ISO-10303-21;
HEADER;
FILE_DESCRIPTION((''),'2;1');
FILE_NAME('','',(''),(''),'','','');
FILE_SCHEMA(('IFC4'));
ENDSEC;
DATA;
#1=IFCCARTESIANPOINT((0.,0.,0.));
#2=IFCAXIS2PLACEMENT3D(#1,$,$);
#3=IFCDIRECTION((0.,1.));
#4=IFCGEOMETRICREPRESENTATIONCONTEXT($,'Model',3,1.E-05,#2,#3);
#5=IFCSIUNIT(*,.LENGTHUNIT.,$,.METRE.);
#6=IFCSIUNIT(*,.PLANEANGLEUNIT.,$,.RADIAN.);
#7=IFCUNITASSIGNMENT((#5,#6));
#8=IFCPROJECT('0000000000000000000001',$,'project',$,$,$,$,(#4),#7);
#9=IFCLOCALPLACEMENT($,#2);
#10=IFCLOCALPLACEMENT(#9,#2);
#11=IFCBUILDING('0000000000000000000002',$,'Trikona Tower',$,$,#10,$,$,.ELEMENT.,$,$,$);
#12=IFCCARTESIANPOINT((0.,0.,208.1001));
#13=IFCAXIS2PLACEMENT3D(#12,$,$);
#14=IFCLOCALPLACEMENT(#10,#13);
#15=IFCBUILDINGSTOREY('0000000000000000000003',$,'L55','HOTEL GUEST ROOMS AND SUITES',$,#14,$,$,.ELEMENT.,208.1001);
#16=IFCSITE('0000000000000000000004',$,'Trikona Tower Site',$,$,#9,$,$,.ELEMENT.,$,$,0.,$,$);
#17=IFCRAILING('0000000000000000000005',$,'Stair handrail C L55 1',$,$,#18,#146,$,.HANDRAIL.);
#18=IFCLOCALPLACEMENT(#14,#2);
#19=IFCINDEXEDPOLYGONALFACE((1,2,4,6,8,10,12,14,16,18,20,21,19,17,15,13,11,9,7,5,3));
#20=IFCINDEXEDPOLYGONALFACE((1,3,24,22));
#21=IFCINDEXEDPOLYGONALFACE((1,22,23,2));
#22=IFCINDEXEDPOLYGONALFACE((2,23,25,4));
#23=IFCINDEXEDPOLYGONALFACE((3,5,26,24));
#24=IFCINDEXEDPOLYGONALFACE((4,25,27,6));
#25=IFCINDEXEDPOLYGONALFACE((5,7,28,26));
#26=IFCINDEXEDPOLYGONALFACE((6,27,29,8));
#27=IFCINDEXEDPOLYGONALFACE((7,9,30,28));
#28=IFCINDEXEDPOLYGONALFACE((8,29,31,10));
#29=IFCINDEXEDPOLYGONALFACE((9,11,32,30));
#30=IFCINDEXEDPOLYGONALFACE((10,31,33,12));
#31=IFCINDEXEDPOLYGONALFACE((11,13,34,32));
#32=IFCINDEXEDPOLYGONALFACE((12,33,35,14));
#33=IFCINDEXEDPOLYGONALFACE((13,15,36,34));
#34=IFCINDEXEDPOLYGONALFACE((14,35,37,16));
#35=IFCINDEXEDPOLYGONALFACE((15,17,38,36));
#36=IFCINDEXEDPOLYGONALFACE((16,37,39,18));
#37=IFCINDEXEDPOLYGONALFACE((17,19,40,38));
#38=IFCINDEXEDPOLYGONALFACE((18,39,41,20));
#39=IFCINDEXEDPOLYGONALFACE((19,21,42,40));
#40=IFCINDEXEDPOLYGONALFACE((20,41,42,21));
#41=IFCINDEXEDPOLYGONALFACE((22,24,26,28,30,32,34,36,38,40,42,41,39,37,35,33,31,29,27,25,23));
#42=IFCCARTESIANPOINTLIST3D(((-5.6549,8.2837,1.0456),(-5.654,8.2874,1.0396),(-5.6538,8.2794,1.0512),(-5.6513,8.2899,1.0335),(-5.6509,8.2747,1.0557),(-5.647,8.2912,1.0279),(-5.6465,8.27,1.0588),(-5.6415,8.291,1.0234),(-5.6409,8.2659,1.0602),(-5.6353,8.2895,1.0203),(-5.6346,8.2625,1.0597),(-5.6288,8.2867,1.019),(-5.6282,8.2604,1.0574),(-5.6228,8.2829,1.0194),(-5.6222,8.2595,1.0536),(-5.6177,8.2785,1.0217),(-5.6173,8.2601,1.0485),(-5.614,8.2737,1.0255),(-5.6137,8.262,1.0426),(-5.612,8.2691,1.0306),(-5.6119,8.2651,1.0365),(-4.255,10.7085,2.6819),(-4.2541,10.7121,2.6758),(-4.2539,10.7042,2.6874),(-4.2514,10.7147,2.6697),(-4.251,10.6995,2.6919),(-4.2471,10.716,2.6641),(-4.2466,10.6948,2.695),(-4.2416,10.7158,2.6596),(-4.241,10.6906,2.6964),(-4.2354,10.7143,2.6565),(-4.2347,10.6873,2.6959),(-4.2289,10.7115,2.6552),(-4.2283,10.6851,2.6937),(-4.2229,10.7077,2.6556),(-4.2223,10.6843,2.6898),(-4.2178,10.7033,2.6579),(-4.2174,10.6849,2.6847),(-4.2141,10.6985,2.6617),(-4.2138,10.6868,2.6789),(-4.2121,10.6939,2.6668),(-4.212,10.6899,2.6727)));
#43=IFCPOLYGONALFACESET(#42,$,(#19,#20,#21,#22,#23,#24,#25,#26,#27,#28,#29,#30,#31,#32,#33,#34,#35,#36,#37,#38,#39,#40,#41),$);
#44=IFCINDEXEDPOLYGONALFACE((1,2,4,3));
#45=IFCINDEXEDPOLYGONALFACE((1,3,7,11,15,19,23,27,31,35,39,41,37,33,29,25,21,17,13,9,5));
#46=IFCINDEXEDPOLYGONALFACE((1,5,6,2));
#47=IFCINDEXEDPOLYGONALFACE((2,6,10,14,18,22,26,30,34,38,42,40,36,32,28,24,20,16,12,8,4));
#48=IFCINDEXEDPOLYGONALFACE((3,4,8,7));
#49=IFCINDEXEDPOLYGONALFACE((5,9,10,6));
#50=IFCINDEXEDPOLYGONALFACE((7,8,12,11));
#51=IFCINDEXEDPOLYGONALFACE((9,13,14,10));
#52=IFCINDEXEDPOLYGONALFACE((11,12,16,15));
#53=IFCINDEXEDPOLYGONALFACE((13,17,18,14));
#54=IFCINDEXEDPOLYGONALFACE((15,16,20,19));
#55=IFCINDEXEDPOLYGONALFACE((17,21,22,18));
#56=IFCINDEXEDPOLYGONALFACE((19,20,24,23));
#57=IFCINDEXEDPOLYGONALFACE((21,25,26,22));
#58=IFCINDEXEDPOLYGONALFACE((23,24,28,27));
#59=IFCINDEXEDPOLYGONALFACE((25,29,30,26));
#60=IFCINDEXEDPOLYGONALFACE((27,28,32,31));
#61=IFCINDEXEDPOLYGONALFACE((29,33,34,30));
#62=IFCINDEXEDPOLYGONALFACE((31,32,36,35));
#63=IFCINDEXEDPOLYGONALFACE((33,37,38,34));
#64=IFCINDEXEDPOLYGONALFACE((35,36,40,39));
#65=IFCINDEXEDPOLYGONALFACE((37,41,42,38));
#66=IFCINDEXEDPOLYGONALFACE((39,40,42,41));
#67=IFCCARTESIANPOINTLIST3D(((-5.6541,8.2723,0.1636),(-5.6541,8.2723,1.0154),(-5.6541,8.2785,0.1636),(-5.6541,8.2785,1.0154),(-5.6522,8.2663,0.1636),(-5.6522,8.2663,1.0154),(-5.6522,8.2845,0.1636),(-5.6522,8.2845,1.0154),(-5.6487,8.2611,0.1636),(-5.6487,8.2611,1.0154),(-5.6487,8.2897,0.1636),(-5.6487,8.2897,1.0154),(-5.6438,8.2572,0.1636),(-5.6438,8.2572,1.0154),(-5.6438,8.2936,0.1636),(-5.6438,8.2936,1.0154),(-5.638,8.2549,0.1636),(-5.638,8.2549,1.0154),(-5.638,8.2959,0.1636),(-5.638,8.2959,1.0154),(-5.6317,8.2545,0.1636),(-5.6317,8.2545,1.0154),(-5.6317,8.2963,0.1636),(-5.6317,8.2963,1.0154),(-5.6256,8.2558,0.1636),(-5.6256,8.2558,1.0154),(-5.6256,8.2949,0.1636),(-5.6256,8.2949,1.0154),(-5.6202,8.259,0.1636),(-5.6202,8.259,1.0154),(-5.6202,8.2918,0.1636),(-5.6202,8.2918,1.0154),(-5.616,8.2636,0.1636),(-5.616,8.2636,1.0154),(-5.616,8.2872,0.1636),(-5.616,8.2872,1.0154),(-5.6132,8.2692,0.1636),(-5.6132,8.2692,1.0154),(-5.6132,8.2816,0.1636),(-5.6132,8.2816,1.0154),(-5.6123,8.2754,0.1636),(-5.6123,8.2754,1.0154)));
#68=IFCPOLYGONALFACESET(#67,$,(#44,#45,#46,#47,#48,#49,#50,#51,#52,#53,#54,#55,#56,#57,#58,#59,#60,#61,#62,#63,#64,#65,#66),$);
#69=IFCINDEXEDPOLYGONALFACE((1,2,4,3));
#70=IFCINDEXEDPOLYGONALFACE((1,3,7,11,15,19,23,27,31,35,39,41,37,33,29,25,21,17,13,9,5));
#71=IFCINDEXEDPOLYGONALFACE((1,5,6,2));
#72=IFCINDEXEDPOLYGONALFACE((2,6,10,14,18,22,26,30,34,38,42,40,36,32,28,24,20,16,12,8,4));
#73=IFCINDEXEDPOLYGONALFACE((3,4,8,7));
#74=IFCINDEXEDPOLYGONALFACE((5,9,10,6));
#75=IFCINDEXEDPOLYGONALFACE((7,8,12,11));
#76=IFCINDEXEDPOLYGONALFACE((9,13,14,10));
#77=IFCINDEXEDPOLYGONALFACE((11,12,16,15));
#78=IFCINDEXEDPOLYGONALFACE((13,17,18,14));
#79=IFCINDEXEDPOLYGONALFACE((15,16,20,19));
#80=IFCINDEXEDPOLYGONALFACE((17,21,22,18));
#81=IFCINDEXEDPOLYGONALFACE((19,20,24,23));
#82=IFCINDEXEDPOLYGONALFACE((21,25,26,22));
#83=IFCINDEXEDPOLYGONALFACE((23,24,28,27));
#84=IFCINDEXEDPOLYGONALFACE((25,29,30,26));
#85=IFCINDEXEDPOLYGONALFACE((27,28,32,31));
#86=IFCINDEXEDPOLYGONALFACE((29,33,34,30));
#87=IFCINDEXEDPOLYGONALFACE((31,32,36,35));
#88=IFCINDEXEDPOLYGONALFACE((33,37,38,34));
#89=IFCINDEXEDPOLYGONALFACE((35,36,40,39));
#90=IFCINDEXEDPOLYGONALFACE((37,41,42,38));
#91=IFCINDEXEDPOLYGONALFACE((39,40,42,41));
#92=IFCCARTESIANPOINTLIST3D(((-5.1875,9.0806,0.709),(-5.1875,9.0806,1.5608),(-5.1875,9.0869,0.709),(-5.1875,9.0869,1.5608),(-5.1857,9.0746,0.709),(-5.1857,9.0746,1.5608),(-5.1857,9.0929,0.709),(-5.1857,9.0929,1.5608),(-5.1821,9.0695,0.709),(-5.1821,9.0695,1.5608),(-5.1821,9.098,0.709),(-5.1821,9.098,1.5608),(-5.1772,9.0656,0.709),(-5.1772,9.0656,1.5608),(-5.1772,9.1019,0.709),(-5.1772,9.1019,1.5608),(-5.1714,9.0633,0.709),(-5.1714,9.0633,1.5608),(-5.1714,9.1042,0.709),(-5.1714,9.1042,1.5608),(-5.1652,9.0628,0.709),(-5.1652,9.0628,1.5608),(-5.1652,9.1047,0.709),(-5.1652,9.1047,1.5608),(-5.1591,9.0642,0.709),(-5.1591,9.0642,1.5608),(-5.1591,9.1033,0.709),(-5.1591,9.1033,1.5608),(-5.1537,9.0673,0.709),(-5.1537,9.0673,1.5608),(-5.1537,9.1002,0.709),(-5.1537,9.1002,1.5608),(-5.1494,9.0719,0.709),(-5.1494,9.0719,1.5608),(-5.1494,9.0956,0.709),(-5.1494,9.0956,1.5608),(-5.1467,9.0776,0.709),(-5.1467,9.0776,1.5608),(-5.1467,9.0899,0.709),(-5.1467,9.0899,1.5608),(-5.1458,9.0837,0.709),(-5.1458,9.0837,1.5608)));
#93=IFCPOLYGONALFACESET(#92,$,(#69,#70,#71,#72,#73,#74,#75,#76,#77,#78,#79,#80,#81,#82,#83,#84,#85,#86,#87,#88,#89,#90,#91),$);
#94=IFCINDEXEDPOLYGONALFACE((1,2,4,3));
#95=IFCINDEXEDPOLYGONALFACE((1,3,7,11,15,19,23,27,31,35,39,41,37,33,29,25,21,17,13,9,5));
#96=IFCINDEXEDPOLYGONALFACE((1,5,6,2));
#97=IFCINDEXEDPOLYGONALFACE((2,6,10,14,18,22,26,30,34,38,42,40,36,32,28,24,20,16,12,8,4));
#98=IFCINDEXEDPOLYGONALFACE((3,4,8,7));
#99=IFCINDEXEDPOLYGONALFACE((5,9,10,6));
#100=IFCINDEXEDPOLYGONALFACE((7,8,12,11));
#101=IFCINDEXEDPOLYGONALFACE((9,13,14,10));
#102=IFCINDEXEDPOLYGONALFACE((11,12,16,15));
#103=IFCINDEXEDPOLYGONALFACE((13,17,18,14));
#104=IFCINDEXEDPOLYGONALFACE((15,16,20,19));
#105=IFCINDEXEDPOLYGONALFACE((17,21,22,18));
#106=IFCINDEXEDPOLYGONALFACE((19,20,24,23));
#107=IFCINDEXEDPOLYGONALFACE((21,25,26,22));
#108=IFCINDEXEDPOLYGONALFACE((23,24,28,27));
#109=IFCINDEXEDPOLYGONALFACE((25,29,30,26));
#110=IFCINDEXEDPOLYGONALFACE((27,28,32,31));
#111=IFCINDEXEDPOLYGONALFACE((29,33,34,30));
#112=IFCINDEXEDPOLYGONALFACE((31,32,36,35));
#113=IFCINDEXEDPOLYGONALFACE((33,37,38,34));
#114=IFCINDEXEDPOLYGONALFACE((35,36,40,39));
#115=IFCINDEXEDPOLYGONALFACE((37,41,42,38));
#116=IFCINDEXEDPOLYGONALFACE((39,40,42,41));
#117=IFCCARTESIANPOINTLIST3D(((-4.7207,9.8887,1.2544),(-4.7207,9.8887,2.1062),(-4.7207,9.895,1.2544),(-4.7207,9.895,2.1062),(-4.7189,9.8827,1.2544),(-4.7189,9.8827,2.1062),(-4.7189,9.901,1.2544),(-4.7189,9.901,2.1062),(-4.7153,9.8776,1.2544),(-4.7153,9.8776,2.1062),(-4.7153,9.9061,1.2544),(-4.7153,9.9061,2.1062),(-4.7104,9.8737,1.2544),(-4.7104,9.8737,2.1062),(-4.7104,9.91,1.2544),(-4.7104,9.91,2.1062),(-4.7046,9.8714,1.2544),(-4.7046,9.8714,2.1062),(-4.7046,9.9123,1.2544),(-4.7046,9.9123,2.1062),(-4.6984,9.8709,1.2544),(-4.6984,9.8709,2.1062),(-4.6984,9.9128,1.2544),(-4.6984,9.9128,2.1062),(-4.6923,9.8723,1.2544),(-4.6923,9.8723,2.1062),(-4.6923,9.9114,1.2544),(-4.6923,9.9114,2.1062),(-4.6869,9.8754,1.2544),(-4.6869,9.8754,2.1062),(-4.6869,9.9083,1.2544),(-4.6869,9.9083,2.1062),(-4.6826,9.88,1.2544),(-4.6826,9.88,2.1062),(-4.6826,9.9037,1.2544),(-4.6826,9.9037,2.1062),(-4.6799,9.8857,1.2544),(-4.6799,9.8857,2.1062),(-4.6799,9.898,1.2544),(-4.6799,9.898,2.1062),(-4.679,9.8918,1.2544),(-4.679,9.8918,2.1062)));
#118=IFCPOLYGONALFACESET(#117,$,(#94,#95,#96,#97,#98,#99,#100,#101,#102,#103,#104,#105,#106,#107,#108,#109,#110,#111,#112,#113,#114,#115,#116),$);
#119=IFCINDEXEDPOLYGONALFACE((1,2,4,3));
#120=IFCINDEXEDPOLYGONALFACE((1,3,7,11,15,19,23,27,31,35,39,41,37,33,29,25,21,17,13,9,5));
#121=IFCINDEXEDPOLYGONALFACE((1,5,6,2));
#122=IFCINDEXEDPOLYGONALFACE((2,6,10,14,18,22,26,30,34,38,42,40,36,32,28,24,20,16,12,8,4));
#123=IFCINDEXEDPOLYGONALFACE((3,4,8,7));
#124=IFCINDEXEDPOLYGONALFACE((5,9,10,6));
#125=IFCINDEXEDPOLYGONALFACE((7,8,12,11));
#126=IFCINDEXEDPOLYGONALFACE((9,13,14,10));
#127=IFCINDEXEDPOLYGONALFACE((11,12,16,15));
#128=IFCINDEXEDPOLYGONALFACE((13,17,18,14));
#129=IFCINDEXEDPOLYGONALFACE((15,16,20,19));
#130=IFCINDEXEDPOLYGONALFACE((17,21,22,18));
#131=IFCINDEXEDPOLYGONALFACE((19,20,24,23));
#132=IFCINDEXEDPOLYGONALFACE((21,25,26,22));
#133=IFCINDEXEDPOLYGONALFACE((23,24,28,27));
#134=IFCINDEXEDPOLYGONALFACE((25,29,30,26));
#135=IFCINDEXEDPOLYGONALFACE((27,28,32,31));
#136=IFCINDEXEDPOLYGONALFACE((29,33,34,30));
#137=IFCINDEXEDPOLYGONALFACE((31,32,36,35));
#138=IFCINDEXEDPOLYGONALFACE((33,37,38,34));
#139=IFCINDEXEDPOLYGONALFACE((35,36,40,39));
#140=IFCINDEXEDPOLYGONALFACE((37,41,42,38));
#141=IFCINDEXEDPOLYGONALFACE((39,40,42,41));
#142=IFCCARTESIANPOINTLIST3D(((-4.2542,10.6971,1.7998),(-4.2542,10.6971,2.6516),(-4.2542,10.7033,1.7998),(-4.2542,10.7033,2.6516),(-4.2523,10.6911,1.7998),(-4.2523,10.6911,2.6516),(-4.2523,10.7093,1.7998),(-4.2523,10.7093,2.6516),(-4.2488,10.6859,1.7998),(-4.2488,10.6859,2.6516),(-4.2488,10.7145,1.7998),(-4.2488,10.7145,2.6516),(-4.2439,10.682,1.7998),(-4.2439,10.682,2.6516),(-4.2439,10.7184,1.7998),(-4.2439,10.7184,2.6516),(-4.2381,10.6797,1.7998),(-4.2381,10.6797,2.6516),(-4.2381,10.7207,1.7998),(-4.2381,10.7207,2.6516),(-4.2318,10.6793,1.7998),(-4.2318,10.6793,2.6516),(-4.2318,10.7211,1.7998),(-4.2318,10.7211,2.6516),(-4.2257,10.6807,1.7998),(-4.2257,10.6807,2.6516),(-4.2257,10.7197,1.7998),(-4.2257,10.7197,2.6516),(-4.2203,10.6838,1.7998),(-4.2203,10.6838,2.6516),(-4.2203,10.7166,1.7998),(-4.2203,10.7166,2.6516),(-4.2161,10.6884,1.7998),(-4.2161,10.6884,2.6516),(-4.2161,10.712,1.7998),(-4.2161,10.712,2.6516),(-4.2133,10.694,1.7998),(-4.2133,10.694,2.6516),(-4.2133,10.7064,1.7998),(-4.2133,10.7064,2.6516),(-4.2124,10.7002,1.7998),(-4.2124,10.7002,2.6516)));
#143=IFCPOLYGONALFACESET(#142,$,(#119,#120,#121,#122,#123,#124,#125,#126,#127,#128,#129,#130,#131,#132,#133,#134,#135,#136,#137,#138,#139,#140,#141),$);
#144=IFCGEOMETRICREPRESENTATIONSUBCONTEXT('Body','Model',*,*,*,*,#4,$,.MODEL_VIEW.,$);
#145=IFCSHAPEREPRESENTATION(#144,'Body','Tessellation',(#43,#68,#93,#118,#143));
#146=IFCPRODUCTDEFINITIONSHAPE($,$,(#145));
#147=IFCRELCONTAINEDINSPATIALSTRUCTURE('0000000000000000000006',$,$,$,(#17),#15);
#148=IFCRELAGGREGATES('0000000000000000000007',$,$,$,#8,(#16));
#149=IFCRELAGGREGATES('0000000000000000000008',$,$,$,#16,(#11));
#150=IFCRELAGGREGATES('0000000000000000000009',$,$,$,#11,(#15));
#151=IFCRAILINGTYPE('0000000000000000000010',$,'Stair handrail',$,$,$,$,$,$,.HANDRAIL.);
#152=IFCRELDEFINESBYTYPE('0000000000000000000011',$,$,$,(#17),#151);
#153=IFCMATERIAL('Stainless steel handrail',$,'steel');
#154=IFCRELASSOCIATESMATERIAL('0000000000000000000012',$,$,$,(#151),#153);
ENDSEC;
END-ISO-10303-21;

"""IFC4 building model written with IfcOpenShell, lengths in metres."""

from ifc_helpers import new_model, si_unit, direction, frame, origin, origin_2d, place, context, subcontext, project, spatial, circle, extrude, material, type_object, element, save


model = new_model("IFC4")

# Units and contexts
model_context = context("Model", 3, precision=1e-05, world=origin(), true_north=direction((0.0, 1.0)))
body_context = subcontext(model_context, "Body", "Model", "MODEL_VIEW")
ifc_project = project(units=[si_unit("LENGTHUNIT", "METRE"), si_unit("PLANEANGLEUNIT", "RADIAN")], contexts=[model_context])

# Site, building, storey
site_placement = place(None, origin())
site = spatial("IfcSite", under=ifc_project, at=site_placement, Name="Trikona Tower Site", CompositionType="ELEMENT", RefElevation=0.0)
building_placement = place(site_placement, origin())
building = spatial("IfcBuilding", under=site, at=building_placement, Name="Trikona Tower", CompositionType="ELEMENT")
storey_placement = place(building_placement, frame((0.0, 0.0, 208.1001)))
storey = spatial("IfcBuildingStorey", under=building, at=storey_placement, Name="L55", Description="HOTEL GUEST ROOMS AND SUITES", CompositionType="ELEMENT", Elevation=208.1001)

# Railing
ifc_material_1 = material(Name="Stainless steel handrail", Category="steel")
railing_type = type_object("IfcRailingType", Name="Stair handrail", PredefinedType="HANDRAIL", material=ifc_material_1)
railing_1_placement = place(storey_placement, frame((-5.6333, 8.2754, 0.1636)))
element("IfcRailing", 1, at=railing_1_placement, inside=storey, type_object=railing_type, Name="Stair handrail C L55 1", PredefinedType="HANDRAIL", context=body_context, shape_type="SweptSolid", body=[
    extrude(circle(Radius=0.0239, at=origin_2d()), frame((0.0, 0.0, 0.876), z_axis=(0.431677, 0.747718, 0.504552), x_axis=(-0.866035, 0.499984, 0.0)), (0.0, 0.0, 1.0), 3.2429),
    extrude(circle(Radius=0.021, at=origin_2d()), origin(), (0.0, 0.0, 1.0), 0.8518),
    extrude(circle(Radius=0.021, at=origin_2d()), frame((0.4666, 0.8083, 0.5454)), (0.0, 0.0, 1.0), 0.8518),
    extrude(circle(Radius=0.021, at=origin_2d()), frame((0.9333, 1.6165, 1.0908)), (0.0, 0.0, 1.0), 0.8518),
    extrude(circle(Radius=0.021, at=origin_2d()), frame((1.3999, 2.4248, 1.6362)), (0.0, 0.0, 1.0), 0.8518),
])

save(model, "model.ifc")
